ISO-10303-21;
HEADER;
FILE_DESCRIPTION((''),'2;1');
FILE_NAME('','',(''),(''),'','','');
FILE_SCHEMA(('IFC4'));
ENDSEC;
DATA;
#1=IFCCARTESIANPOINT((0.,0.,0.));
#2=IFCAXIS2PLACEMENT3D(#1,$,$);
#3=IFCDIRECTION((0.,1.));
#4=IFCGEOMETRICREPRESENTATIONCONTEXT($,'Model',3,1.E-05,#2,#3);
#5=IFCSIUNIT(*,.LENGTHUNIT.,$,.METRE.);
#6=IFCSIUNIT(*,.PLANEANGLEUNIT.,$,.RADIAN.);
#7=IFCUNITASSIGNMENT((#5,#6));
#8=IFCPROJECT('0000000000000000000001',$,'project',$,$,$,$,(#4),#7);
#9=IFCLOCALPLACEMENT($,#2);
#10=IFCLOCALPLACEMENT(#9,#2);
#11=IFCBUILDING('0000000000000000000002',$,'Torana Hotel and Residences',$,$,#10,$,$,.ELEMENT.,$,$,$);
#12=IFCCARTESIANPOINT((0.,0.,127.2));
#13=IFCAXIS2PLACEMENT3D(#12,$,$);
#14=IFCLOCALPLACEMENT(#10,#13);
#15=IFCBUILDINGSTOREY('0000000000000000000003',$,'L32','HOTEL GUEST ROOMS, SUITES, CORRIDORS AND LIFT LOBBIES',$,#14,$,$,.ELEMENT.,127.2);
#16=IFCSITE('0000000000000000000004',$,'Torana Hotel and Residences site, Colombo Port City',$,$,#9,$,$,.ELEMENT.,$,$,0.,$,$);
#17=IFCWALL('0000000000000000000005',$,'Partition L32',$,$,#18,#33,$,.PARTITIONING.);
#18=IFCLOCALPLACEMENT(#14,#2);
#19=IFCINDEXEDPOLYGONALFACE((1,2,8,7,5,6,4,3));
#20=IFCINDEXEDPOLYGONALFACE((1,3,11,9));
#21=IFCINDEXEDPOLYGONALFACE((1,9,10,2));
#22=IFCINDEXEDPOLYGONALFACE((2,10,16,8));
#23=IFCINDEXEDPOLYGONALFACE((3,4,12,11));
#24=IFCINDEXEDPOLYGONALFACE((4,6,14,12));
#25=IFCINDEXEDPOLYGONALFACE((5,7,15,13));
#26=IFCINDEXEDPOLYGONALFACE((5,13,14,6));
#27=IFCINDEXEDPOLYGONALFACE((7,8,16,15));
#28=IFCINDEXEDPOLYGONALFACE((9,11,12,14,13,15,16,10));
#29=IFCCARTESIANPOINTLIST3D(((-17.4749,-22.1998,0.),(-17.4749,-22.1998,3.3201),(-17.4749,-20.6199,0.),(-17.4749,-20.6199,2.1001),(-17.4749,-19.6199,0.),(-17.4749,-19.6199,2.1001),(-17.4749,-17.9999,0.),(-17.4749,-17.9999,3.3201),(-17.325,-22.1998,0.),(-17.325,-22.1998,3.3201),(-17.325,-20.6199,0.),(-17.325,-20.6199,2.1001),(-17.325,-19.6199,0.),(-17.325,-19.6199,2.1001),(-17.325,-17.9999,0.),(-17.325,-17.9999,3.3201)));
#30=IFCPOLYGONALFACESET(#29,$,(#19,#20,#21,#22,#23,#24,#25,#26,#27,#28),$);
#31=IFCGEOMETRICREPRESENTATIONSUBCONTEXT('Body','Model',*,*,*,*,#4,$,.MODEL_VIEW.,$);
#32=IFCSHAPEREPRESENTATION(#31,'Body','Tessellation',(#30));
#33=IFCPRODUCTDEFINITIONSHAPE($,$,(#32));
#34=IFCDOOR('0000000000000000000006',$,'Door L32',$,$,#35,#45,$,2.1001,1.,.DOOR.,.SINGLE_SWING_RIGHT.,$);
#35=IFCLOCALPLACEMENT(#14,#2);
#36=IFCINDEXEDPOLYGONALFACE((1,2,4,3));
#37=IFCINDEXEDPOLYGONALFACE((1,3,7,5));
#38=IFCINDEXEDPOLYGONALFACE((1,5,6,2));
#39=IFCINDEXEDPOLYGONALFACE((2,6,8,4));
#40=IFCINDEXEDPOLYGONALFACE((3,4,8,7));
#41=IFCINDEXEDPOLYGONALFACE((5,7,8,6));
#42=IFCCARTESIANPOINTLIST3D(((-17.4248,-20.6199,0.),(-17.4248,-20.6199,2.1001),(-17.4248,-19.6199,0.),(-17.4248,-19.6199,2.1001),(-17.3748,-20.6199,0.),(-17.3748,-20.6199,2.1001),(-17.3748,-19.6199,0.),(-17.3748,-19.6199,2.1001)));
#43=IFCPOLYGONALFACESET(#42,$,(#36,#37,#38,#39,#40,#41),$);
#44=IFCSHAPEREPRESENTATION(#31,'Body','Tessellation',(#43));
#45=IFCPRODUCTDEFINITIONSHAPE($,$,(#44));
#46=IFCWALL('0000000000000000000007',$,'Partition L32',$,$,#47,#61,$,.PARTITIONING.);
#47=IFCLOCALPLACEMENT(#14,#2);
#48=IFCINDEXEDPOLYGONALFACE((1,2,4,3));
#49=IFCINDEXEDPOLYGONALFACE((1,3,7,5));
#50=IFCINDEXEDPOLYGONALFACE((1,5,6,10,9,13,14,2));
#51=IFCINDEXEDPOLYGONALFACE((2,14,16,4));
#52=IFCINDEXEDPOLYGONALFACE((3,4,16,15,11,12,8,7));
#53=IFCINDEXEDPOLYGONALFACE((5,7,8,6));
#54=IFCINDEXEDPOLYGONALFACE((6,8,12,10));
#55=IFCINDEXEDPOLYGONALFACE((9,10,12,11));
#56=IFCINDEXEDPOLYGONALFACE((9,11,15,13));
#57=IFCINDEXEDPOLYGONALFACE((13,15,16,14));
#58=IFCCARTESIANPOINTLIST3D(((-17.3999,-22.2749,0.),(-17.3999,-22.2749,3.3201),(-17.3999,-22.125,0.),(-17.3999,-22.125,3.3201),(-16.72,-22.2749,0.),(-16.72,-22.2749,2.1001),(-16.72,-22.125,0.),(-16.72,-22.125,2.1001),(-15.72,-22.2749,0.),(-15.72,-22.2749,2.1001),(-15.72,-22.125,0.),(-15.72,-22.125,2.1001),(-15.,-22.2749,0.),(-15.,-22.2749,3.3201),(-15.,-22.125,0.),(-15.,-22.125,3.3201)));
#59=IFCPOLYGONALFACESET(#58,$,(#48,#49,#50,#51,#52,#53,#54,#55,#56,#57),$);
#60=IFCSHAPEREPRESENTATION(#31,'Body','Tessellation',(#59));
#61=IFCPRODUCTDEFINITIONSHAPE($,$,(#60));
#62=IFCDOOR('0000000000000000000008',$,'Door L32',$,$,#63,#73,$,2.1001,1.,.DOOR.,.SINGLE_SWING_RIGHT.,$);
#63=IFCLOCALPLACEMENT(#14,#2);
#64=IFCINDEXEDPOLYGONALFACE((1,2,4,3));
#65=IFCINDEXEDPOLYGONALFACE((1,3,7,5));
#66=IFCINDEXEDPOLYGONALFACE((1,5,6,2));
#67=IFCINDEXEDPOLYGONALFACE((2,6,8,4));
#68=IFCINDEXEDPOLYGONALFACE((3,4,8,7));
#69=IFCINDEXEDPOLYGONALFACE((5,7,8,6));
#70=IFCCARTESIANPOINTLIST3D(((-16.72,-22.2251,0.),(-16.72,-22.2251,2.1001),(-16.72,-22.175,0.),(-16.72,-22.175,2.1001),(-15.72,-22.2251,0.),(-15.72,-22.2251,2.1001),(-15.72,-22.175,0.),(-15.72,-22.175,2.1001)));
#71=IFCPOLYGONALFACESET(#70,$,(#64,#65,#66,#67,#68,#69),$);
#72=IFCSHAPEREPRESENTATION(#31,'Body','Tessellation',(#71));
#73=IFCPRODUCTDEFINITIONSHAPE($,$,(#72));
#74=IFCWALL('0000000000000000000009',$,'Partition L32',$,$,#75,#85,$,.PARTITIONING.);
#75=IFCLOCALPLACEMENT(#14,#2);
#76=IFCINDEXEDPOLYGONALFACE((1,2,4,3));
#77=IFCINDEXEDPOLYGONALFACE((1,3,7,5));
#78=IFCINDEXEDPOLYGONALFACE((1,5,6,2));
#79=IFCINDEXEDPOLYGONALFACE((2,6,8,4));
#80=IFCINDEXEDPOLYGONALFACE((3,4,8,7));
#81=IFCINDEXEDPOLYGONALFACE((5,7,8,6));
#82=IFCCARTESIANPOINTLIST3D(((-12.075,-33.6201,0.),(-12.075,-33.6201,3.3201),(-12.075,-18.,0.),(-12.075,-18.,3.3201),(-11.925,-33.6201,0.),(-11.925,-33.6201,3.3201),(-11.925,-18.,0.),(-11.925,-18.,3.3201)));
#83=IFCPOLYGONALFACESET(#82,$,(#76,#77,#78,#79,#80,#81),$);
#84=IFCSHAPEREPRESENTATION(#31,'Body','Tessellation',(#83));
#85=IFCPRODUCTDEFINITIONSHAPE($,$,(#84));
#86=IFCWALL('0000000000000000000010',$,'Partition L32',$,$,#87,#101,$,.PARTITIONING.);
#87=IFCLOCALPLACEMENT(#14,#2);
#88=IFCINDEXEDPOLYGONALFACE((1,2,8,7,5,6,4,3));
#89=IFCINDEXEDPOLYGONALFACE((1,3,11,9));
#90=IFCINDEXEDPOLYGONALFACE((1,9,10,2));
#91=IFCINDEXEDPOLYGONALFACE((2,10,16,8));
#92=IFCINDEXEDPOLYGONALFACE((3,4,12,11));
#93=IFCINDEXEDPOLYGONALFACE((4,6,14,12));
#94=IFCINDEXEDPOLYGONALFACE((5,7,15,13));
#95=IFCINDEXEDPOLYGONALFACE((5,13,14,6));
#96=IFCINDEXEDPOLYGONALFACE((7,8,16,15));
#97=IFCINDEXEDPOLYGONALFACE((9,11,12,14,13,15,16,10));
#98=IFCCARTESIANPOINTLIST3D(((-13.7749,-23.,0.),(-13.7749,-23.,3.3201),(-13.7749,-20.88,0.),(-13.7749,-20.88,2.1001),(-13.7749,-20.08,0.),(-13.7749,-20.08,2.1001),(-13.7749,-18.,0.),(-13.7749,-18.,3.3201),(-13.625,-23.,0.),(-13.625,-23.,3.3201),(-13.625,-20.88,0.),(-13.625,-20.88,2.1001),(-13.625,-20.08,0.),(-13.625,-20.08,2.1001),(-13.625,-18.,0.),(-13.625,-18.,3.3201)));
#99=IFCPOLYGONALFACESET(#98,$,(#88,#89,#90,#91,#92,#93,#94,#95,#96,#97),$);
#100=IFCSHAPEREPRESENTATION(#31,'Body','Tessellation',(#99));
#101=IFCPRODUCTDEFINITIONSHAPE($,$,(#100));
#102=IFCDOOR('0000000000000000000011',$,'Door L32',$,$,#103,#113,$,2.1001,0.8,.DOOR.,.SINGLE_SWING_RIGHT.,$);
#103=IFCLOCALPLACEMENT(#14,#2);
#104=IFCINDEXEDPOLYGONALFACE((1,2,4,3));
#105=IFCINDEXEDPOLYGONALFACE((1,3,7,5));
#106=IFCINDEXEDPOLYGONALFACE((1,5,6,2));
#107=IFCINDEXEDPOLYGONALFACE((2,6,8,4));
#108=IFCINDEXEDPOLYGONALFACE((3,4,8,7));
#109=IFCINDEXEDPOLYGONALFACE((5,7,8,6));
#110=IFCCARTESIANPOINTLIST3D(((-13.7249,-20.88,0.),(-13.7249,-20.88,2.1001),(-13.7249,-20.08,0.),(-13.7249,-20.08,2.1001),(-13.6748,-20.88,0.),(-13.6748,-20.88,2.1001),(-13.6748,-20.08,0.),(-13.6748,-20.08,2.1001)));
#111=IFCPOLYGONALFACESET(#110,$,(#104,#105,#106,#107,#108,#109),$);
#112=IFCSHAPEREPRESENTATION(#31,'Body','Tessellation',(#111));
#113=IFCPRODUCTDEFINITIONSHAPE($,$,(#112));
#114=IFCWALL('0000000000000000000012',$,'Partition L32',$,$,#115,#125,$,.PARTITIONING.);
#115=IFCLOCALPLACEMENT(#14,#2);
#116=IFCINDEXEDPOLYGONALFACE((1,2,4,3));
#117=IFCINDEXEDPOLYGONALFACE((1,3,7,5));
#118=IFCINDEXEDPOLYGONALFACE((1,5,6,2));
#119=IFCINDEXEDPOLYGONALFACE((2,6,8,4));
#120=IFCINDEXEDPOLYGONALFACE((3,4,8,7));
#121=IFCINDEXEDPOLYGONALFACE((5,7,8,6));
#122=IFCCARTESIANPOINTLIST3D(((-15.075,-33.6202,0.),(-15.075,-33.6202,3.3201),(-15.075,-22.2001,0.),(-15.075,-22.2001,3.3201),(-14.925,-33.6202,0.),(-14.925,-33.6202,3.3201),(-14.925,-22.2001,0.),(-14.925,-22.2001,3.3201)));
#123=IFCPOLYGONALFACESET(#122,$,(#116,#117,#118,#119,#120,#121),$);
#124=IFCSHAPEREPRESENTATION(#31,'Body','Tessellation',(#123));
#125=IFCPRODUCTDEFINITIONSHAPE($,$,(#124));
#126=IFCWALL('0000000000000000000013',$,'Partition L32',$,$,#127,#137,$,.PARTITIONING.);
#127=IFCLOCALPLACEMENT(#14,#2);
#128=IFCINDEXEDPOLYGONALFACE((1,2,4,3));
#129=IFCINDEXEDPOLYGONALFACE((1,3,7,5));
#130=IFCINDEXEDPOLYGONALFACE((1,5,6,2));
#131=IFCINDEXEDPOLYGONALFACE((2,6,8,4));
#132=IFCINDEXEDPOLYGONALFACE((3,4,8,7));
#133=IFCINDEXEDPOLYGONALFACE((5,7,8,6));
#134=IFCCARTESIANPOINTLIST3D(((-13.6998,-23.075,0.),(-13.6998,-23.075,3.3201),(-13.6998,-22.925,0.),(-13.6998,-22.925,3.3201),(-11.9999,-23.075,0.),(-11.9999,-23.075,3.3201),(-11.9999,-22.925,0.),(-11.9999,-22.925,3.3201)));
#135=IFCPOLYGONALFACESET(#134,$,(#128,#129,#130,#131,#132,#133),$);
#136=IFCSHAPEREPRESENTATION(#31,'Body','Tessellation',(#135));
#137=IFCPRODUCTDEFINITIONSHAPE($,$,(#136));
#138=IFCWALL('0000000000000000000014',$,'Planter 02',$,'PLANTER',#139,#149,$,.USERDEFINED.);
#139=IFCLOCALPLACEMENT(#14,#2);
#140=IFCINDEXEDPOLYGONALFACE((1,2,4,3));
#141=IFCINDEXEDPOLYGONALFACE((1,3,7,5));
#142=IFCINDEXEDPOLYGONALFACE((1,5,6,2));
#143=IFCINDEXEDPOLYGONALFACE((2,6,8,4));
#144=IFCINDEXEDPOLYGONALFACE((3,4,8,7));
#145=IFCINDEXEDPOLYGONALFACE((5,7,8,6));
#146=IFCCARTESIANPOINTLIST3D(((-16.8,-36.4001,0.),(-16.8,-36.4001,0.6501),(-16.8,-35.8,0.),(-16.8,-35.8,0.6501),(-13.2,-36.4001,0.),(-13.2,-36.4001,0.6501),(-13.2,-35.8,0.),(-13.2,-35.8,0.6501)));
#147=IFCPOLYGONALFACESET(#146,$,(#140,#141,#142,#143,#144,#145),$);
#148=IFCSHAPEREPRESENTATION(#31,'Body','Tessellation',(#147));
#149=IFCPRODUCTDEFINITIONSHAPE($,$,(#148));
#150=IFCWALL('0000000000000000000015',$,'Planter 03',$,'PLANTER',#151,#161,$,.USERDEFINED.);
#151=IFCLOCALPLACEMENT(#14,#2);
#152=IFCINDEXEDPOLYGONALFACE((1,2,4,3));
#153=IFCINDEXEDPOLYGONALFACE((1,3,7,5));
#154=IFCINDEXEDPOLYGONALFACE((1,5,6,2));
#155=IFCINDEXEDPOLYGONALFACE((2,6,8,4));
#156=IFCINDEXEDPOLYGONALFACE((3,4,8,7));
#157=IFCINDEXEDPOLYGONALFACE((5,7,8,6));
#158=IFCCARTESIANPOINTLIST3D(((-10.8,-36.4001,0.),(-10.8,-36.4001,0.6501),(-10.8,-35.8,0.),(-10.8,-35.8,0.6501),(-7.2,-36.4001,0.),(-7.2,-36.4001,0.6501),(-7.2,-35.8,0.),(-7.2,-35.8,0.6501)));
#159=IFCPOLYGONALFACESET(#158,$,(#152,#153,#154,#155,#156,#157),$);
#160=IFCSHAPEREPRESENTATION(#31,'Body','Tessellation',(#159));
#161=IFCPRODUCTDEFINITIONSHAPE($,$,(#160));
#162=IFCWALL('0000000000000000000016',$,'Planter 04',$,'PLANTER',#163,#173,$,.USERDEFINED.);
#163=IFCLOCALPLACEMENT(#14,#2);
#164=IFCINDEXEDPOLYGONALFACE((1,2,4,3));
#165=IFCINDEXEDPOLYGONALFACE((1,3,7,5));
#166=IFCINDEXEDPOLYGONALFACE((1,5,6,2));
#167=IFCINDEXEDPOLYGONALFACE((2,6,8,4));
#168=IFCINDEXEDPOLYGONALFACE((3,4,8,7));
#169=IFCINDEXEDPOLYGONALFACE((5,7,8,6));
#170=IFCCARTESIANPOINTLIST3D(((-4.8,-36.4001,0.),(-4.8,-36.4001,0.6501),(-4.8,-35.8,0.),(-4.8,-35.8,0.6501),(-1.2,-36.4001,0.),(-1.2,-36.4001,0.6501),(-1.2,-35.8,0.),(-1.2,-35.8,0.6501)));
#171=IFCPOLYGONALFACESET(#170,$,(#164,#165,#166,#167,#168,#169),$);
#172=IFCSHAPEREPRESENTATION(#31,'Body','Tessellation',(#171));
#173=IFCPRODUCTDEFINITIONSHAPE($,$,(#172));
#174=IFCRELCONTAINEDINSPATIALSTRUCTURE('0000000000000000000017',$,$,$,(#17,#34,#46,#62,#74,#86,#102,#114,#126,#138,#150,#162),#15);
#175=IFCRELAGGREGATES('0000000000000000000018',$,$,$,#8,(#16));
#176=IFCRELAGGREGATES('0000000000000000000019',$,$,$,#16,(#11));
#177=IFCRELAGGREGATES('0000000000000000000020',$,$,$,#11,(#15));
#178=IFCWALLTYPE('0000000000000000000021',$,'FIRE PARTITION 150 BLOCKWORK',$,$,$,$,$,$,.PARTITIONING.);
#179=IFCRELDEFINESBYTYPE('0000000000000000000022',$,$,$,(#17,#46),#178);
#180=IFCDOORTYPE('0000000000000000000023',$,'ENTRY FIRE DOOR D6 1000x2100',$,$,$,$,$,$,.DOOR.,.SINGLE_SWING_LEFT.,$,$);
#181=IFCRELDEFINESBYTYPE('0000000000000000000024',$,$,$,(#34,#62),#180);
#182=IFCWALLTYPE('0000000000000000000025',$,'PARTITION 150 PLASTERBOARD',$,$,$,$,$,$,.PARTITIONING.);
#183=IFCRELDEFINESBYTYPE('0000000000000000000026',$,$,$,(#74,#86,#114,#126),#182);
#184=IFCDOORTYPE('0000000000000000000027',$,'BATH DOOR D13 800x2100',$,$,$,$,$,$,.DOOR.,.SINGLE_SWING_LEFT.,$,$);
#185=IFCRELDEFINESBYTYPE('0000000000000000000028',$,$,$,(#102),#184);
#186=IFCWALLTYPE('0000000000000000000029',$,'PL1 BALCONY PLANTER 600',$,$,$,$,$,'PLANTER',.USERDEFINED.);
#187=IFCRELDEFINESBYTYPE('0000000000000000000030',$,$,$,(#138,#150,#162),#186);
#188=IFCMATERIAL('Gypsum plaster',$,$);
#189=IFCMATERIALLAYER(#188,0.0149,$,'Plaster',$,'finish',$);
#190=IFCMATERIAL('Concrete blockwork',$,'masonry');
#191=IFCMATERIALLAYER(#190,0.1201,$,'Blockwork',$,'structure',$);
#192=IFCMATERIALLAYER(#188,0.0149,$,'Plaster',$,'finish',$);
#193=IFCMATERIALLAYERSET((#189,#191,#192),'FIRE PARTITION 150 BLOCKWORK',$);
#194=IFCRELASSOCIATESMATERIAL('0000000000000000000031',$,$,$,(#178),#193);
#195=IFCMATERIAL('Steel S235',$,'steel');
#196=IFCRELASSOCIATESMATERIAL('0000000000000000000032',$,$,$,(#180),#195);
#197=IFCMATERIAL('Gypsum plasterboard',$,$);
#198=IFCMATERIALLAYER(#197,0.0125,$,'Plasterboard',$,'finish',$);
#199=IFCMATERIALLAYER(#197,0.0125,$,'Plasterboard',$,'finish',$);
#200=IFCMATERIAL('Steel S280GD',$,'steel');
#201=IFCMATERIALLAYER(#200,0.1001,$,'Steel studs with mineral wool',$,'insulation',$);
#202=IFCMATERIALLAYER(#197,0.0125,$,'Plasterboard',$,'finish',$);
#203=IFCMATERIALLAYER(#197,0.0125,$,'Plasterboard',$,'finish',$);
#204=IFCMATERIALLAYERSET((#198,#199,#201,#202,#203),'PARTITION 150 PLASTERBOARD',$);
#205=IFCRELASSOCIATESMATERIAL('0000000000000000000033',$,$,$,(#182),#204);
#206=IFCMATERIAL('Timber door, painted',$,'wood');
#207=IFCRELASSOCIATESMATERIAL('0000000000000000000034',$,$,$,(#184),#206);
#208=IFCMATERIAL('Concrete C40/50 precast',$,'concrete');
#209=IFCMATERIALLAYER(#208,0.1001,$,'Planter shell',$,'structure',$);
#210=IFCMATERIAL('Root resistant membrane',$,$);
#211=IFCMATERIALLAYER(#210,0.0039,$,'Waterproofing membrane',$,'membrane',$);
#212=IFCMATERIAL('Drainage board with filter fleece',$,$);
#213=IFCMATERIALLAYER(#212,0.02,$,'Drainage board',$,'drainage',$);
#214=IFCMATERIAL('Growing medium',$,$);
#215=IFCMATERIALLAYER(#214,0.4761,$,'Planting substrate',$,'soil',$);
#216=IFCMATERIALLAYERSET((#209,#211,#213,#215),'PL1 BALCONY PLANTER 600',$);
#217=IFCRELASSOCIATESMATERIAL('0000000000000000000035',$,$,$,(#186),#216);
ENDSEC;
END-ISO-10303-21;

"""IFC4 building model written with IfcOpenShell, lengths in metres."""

from ifc_helpers import new_model, si_unit, direction, frame, frame_2d, origin, place, context, subcontext, project, spatial, rectangle, extrude, material, layer, layer_set, type_object, element, fill, save


model = new_model("IFC4")

# Units and contexts
model_context = context("Model", 3, precision=1e-05, world=origin(), true_north=direction((0.0, 1.0)))
body_context = subcontext(model_context, "Body", "Model", "MODEL_VIEW")
ifc_project = project(units=[si_unit("LENGTHUNIT", "METRE"), si_unit("PLANEANGLEUNIT", "RADIAN")], contexts=[model_context])

# Site, building, storey
site_placement = place(None, origin())
site = spatial("IfcSite", under=ifc_project, at=site_placement, Name="Torana Hotel and Residences site, Colombo Port City", CompositionType="ELEMENT", RefElevation=0.0)
building_placement = place(site_placement, origin())
building = spatial("IfcBuilding", under=site, at=building_placement, Name="Torana Hotel and Residences", CompositionType="ELEMENT")
storey_placement = place(building_placement, frame((0.0, 0.0, 127.2)))
storey = spatial("IfcBuildingStorey", under=building, at=storey_placement, Name="L32", Description="HOTEL GUEST ROOMS, SUITES, CORRIDORS AND LIFT LOBBIES", CompositionType="ELEMENT", Elevation=127.2)

# Shared definitions
ifc_material_1 = material(Name="Gypsum plaster")
ifc_layer_1 = layer(ifc_material_1, 0.0149, Name="Plaster", Category="finish")
ifc_material_2 = material(Name="Concrete blockwork", Category="masonry")
ifc_layer_2 = layer(ifc_material_2, 0.1201, Name="Blockwork", Category="structure")
ifc_layer_3 = layer(ifc_material_1, 0.0149, Name="Plaster", Category="finish")
ifc_layer_set_1 = layer_set([ifc_layer_1, ifc_layer_2, ifc_layer_3], Name="FIRE PARTITION 150 BLOCKWORK")
wall_type_1 = type_object("IfcWallType", Name="FIRE PARTITION 150 BLOCKWORK", PredefinedType="PARTITIONING", material=ifc_layer_set_1)
ifc_material_3 = material(Name="Steel S235", Category="steel")
door_type_1 = type_object("IfcDoorType", Name="ENTRY FIRE DOOR D6 1000x2100", OperationType="SINGLE_SWING_LEFT", PredefinedType="DOOR", material=ifc_material_3)

# Walls, openings, doors
wall_1_placement = place(storey_placement, frame((-17.3999, -22.2, 0.0), z_axis=(0.0, 0.0, 1.0), x_axis=(0.0, 1.0, 0.0)))
wall_1 = element("IfcWall", 1, at=wall_1_placement, inside=storey, type_object=wall_type_1, Name="Partition L32", PredefinedType="PARTITIONING", context=body_context, shape_type="SweptSolid", body=[
    extrude(rectangle(XDim=4.2, YDim=0.1499, at=frame_2d((2.1001, 0.0))), origin(), (0.0, 0.0, 1.0), 3.3201),
])
opening_1_placement = place(wall_1_placement, frame((1.5801, 0.0, 0.0)))
opening_1 = element("IfcOpeningElement", 2, at=opening_1_placement, cuts=wall_1, PredefinedType="OPENING", context=body_context, shape_type="SweptSolid", body=[
    extrude(rectangle(XDim=1.0, YDim=2.1001, at=frame_2d((0.5, 1.05))), frame((0.0, 0.085, 0.0), z_axis=(0.0, -1.0, 0.0), x_axis=(1.0, 0.0, 0.0)), (0.0, 0.0, 1.0), 0.1699),
])
door_1_placement = place(opening_1_placement, origin())
door_1 = element("IfcDoor", 3, at=door_1_placement, inside=storey, type_object=door_type_1, Name="Door L32", OperationType="SINGLE_SWING_RIGHT", OverallHeight=2.1001, OverallWidth=1.0, PredefinedType="DOOR", context=body_context, shape_type="SweptSolid", body=[
    extrude(rectangle(XDim=1.0, YDim=2.1001, at=frame_2d((0.5, 1.05))), frame((0.0, 0.0249, 0.0), z_axis=(0.0, -1.0, 0.0), x_axis=(1.0, 0.0, 0.0)), (0.0, 0.0, 1.0), 0.05),
])
fill(opening_1, door_1)
wall_2_placement = place(storey_placement, frame((-17.3999, -22.2, 0.0), z_axis=(0.0, 0.0, 1.0), x_axis=(1.0, 0.0, 0.0)))
wall_2 = element("IfcWall", 4, at=wall_2_placement, inside=storey, type_object=wall_type_1, Name="Partition L32", PredefinedType="PARTITIONING", context=body_context, shape_type="SweptSolid", body=[
    extrude(rectangle(XDim=2.3999, YDim=0.1499, at=frame_2d((1.2, 0.0))), origin(), (0.0, 0.0, 1.0), 3.3201),
])
opening_2_placement = place(wall_2_placement, frame((0.6799, 0.0, 0.0)))
opening_2 = element("IfcOpeningElement", 5, at=opening_2_placement, cuts=wall_2, PredefinedType="OPENING", context=body_context, shape_type="SweptSolid", body=[
    extrude(rectangle(XDim=1.0, YDim=2.1001, at=frame_2d((0.5, 1.05))), frame((0.0, 0.085, 0.0), z_axis=(0.0, -1.0, 0.0), x_axis=(1.0, 0.0, 0.0)), (0.0, 0.0, 1.0), 0.1699),
])
door_2_placement = place(opening_2_placement, frame((0.5, 0.0, 0.0), z_axis=(0.0, 0.0, 1.0), x_axis=(-1.0, 0.0, 0.0)))
door_2 = element("IfcDoor", 6, at=door_2_placement, inside=storey, type_object=door_type_1, Name="Door L32", OperationType="SINGLE_SWING_RIGHT", OverallHeight=2.1001, OverallWidth=1.0, PredefinedType="DOOR", context=body_context, shape_type="SweptSolid", body=[
    extrude(rectangle(XDim=1.0, YDim=2.1001, at=frame_2d((0.0, 1.05))), frame((0.0, -0.0249, 0.0), z_axis=(0.0, 1.0, 0.0), x_axis=(-1.0, 0.0, 0.0)), (0.0, 0.0, 1.0), 0.05),
])
fill(opening_2, door_2)

# Wall
ifc_material_4 = material(Name="Gypsum plasterboard")
ifc_layer_4 = layer(ifc_material_4, 0.0125, Name="Plasterboard", Category="finish")
ifc_layer_5 = layer(ifc_material_4, 0.0125, Name="Plasterboard", Category="finish")
ifc_material_5 = material(Name="Steel S280GD", Category="steel")
ifc_layer_6 = layer(ifc_material_5, 0.1001, Name="Steel studs with mineral wool", Category="insulation")
ifc_layer_7 = layer(ifc_material_4, 0.0125, Name="Plasterboard", Category="finish")
ifc_layer_8 = layer(ifc_material_4, 0.0125, Name="Plasterboard", Category="finish")
ifc_layer_set_2 = layer_set([ifc_layer_4, ifc_layer_5, ifc_layer_6, ifc_layer_7, ifc_layer_8], Name="PARTITION 150 PLASTERBOARD")
wall_type_2 = type_object("IfcWallType", Name="PARTITION 150 PLASTERBOARD", PredefinedType="PARTITIONING", material=ifc_layer_set_2)
wall_3_placement = place(storey_placement, frame((-12.0, -33.6201, 0.0), z_axis=(0.0, 0.0, 1.0), x_axis=(0.0, 1.0, 0.0)))
element("IfcWall", 7, at=wall_3_placement, inside=storey, type_object=wall_type_2, Name="Partition L32", PredefinedType="PARTITIONING", context=body_context, shape_type="SweptSolid", body=[
    extrude(rectangle(XDim=15.6201, YDim=0.1499, at=frame_2d((7.8101, 0.0))), origin(), (0.0, 0.0, 1.0), 3.3201),
])

# Wall, opening, door
wall_4_placement = place(storey_placement, frame((-13.7, -23.0, 0.0), z_axis=(0.0, 0.0, 1.0), x_axis=(0.0, 1.0, 0.0)))
wall_4 = element("IfcWall", 8, at=wall_4_placement, inside=storey, type_object=wall_type_2, Name="Partition L32", PredefinedType="PARTITIONING", context=body_context, shape_type="SweptSolid", body=[
    extrude(rectangle(XDim=5.0, YDim=0.1499, at=frame_2d((2.5, 0.0))), origin(), (0.0, 0.0, 1.0), 3.3201),
])
opening_3_placement = place(wall_4_placement, frame((2.1201, 0.0, 0.0)))
opening_3 = element("IfcOpeningElement", 9, at=opening_3_placement, cuts=wall_4, PredefinedType="OPENING", context=body_context, shape_type="SweptSolid", body=[
    extrude(rectangle(XDim=0.8, YDim=2.1001, at=frame_2d((0.3999, 1.05))), frame((0.0, 0.085, 0.0), z_axis=(0.0, -1.0, 0.0), x_axis=(1.0, 0.0, 0.0)), (0.0, 0.0, 1.0), 0.1699),
])
ifc_material_6 = material(Name="Timber door, painted", Category="wood")
door_type_2 = type_object("IfcDoorType", Name="BATH DOOR D13 800x2100", OperationType="SINGLE_SWING_LEFT", PredefinedType="DOOR", material=ifc_material_6)
door_3_placement = place(opening_3_placement, origin())
door_3 = element("IfcDoor", 10, at=door_3_placement, inside=storey, type_object=door_type_2, Name="Door L32", OperationType="SINGLE_SWING_RIGHT", OverallHeight=2.1001, OverallWidth=0.8, PredefinedType="DOOR", context=body_context, shape_type="SweptSolid", body=[
    extrude(rectangle(XDim=0.8, YDim=2.1001, at=frame_2d((0.3999, 1.05))), frame((0.0, 0.0249, 0.0), z_axis=(0.0, -1.0, 0.0), x_axis=(1.0, 0.0, 0.0)), (0.0, 0.0, 1.0), 0.05),
])
fill(opening_3, door_3)

# Walls
wall_5_placement = place(storey_placement, frame((-15.0, -33.6201, 0.0), z_axis=(0.0, 0.0, 1.0), x_axis=(0.0, 1.0, 0.0)))
element("IfcWall", 11, at=wall_5_placement, inside=storey, type_object=wall_type_2, Name="Partition L32", PredefinedType="PARTITIONING", context=body_context, shape_type="SweptSolid", body=[
    extrude(rectangle(XDim=11.4202, YDim=0.1499, at=frame_2d((5.71, 0.0))), origin(), (0.0, 0.0, 1.0), 3.3201),
])
wall_6_placement = place(storey_placement, frame((-13.7, -23.0, 0.0), z_axis=(0.0, 0.0, 1.0), x_axis=(1.0, 0.0, 0.0)))
element("IfcWall", 12, at=wall_6_placement, inside=storey, type_object=wall_type_2, Name="Partition L32", PredefinedType="PARTITIONING", context=body_context, shape_type="SweptSolid", body=[
    extrude(rectangle(XDim=1.7, YDim=0.1499, at=frame_2d((0.8501, 0.0))), origin(), (0.0, 0.0, 1.0), 3.3201),
])
ifc_material_7 = material(Name="Concrete C40/50 precast", Category="concrete")
ifc_layer_9 = layer(ifc_material_7, 0.1001, Name="Planter shell", Category="structure")
ifc_material_8 = material(Name="Root resistant membrane")
ifc_layer_10 = layer(ifc_material_8, 0.0039, Name="Waterproofing membrane", Category="membrane")
ifc_material_9 = material(Name="Drainage board with filter fleece")
ifc_layer_11 = layer(ifc_material_9, 0.02, Name="Drainage board", Category="drainage")
ifc_material_10 = material(Name="Growing medium")
ifc_layer_12 = layer(ifc_material_10, 0.4761, Name="Planting substrate", Category="soil")
ifc_layer_set_3 = layer_set([ifc_layer_9, ifc_layer_10, ifc_layer_11, ifc_layer_12], Name="PL1 BALCONY PLANTER 600")
wall_type_3 = type_object("IfcWallType", Name="PL1 BALCONY PLANTER 600", ElementType="PLANTER", PredefinedType="USERDEFINED", material=ifc_layer_set_3)
for number, where, z_axis, x_axis, name in (
    (13, (-13.2, -36.1001, 0.0), (0.0, 0.0, 1.0), (-1.0, 0.0, 0.0), "Planter 02"),
    (14, (-7.2, -36.1001, 0.0), (0.0, 0.0, 1.0), (-1.0, 0.0, 0.0), "Planter 03"),
    (15, (-1.2, -36.1001, 0.0), (0.0, 0.0, 1.0), (-1.0, 0.0, 0.0), "Planter 04"),
):
    element("IfcWall", number, at=place(storey_placement, frame(where, z_axis=z_axis, x_axis=x_axis)), inside=storey, type_object=wall_type_3, Name=name, ObjectType="PLANTER", PredefinedType="USERDEFINED", context=body_context, shape_type="SweptSolid", body=[
        extrude(rectangle(XDim=3.6001, YDim=0.6001, at=frame_2d((1.8, 0.0))), origin(), (0.0, 0.0, 1.0), 0.6501),
    ])

save(model, "model.ifc")
